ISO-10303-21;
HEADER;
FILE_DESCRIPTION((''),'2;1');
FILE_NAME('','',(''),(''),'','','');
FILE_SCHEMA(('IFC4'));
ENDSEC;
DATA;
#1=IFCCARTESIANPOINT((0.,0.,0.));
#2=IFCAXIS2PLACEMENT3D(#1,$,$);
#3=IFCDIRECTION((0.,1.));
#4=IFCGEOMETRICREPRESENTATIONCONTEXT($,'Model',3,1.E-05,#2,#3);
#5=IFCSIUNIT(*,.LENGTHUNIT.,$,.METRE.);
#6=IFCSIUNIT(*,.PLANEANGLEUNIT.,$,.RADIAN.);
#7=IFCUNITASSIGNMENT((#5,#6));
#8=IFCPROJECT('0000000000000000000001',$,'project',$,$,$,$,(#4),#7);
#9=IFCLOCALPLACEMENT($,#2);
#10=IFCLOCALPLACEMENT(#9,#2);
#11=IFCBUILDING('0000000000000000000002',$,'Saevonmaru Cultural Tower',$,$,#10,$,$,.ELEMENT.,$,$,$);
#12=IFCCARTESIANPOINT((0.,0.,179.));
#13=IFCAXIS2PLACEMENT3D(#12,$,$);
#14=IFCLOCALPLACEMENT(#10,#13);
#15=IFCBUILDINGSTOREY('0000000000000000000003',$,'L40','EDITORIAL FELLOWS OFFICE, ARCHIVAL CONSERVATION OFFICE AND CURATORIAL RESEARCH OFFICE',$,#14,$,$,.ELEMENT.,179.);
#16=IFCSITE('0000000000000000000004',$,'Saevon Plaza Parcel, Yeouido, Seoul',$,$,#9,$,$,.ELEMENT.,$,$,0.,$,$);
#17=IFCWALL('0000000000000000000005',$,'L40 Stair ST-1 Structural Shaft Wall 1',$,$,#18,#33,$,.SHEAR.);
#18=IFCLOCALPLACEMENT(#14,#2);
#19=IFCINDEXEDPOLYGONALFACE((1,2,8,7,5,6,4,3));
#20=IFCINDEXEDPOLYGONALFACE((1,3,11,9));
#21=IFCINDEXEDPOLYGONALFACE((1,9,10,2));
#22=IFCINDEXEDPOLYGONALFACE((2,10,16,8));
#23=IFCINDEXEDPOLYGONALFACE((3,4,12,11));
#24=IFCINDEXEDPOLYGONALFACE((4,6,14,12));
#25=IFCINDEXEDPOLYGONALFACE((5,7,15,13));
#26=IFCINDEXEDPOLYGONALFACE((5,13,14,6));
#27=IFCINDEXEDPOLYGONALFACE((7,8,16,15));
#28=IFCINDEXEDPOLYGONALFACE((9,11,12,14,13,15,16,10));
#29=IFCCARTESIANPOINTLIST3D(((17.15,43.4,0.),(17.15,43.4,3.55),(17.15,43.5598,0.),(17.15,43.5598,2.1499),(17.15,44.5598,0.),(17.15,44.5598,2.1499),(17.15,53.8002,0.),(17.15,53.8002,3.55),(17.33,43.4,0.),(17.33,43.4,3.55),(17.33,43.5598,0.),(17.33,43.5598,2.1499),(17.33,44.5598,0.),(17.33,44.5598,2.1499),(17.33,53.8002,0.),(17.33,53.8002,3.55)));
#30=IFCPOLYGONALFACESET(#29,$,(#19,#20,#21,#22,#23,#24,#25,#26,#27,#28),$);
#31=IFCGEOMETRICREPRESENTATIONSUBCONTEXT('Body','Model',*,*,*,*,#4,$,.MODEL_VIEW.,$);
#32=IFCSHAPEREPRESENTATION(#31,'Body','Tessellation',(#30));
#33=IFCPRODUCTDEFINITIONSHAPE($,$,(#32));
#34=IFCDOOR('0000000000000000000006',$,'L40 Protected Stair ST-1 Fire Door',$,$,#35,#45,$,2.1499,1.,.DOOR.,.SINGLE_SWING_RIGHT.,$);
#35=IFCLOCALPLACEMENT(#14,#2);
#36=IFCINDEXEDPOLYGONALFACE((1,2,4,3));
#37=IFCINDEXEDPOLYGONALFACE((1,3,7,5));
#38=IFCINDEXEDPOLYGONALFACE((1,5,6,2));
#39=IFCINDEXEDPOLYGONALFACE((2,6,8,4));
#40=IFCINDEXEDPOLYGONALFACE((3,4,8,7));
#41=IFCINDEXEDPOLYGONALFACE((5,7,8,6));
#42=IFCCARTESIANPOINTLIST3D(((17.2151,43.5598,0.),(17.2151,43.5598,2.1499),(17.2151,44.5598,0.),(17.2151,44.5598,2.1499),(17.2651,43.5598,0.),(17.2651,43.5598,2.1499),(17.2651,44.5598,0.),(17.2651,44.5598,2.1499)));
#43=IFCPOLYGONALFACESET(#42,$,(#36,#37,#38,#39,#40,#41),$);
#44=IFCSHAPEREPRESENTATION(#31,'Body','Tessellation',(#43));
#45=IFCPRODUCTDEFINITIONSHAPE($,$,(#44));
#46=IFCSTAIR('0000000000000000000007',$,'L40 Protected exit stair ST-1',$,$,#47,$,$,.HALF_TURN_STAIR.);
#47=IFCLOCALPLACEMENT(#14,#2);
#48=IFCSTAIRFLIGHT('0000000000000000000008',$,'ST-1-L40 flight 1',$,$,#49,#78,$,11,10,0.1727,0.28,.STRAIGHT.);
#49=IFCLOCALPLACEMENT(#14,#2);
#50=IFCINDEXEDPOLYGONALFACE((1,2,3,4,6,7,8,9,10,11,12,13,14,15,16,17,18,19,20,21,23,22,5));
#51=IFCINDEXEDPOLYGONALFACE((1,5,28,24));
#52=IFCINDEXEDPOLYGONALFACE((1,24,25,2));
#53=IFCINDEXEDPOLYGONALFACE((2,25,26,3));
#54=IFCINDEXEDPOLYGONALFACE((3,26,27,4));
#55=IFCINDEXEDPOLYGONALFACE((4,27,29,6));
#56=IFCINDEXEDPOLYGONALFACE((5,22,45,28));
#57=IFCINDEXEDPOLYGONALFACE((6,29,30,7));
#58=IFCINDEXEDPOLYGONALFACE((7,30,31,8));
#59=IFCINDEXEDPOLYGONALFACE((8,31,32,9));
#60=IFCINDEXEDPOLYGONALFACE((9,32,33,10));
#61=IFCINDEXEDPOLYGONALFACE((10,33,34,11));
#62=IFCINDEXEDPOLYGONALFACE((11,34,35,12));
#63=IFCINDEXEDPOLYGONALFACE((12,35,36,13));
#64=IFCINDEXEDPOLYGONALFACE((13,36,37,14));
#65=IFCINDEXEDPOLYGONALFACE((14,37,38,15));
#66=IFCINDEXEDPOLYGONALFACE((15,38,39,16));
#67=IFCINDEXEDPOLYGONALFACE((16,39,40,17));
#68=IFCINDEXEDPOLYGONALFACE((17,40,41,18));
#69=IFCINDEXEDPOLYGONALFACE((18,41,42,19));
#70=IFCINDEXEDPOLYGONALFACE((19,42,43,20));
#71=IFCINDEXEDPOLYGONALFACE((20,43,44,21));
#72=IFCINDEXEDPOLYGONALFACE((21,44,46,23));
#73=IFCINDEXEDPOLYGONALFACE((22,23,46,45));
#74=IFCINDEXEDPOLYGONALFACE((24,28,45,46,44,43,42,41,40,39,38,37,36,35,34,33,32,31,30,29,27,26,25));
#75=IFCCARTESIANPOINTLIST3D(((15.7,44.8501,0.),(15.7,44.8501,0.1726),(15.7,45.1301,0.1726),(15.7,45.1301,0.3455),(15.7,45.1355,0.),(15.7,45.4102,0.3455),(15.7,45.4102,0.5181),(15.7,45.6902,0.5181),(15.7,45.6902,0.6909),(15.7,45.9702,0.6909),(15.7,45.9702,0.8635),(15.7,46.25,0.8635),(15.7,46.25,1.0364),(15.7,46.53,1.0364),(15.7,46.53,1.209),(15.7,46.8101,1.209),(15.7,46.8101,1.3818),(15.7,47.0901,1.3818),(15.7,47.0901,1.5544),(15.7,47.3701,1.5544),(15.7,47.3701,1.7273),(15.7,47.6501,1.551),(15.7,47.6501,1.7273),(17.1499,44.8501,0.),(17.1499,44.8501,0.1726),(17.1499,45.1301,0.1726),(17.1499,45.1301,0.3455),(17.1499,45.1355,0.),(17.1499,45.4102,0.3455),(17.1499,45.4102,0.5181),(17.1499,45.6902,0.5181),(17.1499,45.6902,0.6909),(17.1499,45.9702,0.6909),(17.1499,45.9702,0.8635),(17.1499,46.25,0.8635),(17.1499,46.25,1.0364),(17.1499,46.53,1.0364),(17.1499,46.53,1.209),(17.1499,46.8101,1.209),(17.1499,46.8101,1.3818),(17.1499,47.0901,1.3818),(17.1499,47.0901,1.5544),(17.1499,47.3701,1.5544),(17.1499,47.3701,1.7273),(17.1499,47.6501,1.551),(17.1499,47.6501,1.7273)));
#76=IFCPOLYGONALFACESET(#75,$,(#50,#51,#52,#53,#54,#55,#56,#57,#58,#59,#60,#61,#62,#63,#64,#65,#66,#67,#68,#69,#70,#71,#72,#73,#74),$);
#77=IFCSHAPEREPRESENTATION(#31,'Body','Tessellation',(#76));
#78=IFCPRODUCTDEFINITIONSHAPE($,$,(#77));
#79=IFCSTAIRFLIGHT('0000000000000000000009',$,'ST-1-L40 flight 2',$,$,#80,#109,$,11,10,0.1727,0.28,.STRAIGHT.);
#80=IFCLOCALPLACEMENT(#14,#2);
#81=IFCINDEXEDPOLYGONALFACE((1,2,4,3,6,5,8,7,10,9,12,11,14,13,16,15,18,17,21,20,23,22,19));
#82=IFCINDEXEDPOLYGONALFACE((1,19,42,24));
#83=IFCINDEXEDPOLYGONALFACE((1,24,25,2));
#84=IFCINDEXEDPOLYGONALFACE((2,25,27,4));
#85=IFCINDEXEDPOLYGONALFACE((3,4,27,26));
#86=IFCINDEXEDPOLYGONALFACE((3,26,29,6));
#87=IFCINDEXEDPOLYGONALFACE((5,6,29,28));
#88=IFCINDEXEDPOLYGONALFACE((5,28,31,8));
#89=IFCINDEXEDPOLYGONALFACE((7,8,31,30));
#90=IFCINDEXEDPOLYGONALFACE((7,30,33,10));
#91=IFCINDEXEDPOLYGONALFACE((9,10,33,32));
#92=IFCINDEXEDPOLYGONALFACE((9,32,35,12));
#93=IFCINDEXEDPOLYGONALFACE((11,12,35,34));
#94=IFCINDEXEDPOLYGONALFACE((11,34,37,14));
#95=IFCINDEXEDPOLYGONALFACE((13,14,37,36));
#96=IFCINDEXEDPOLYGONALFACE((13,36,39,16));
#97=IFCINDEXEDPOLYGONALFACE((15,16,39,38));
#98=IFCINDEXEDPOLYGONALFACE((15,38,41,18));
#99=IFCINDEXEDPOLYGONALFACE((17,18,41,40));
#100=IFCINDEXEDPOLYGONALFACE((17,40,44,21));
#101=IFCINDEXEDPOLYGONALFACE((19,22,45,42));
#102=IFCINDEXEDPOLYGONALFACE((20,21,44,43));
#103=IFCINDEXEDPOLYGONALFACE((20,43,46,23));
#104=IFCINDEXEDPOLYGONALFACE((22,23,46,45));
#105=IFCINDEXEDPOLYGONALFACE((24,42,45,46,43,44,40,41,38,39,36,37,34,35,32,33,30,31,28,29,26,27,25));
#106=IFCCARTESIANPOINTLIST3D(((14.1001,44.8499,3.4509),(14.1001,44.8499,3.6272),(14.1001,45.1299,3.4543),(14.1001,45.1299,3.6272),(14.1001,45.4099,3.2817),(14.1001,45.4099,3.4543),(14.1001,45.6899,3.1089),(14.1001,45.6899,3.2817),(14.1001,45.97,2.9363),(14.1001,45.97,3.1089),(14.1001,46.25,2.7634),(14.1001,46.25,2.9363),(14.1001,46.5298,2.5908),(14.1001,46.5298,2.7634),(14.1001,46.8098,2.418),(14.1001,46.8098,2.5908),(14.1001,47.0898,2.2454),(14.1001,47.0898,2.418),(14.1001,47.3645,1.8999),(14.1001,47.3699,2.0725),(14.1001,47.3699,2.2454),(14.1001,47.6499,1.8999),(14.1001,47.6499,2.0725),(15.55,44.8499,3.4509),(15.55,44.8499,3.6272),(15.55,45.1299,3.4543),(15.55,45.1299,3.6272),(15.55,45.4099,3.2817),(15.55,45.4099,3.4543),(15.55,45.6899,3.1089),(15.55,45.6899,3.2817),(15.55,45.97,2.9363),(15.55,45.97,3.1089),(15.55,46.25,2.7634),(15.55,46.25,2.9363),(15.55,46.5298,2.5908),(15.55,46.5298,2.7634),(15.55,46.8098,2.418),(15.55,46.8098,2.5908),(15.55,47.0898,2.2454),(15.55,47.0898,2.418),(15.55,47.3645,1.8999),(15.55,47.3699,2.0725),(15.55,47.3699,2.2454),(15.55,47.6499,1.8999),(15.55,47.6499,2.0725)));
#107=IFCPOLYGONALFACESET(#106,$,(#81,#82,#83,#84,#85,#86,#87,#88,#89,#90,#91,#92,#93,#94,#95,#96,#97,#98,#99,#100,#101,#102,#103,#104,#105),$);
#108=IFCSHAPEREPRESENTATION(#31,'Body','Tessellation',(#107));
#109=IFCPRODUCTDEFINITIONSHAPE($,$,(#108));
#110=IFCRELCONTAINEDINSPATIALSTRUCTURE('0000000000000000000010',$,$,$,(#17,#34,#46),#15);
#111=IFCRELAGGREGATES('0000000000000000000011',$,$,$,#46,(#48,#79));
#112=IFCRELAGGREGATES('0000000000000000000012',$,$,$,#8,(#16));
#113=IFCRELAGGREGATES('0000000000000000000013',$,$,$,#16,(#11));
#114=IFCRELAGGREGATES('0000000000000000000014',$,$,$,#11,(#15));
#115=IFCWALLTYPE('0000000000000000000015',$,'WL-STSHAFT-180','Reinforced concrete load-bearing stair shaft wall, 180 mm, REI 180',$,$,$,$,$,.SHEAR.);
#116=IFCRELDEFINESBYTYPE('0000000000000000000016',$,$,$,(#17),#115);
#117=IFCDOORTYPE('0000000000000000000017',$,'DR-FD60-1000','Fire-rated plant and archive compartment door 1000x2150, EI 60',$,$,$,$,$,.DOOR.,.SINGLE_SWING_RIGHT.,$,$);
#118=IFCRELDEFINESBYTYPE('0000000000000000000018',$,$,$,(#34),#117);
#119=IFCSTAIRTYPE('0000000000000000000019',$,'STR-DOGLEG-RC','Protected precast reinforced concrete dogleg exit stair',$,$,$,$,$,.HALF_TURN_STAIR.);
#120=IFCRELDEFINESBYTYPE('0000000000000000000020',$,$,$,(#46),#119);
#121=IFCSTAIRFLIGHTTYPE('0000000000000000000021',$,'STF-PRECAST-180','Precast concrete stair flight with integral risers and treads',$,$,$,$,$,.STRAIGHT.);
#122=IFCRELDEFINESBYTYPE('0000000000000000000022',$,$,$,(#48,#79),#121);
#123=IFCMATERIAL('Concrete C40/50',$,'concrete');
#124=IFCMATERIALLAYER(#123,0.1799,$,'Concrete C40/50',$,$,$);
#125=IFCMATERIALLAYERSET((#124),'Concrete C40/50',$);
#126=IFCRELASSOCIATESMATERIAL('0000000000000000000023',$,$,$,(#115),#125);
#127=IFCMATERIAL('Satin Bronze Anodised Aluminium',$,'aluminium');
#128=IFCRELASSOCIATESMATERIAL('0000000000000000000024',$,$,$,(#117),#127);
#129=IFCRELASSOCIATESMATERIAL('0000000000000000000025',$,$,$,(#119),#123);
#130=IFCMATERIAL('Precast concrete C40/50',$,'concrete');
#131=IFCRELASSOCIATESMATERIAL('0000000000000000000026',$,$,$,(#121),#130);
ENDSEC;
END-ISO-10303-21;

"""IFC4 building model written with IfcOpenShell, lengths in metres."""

from ifc_helpers import new_model, si_unit, direction, frame, frame_2d, origin, place, context, subcontext, project, spatial, polyline, rectangle, outline, extrude, material, layer, layer_set, type_object, element, fill, aggregate, save


model = new_model("IFC4")

# Units and contexts
model_context = context("Model", 3, precision=1e-05, world=origin(), true_north=direction((0.0, 1.0)))
body_context = subcontext(model_context, "Body", "Model", "MODEL_VIEW")
ifc_project = project(units=[si_unit("LENGTHUNIT", "METRE"), si_unit("PLANEANGLEUNIT", "RADIAN")], contexts=[model_context])

# Site, building, storey
site_placement = place(None, origin())
site = spatial("IfcSite", under=ifc_project, at=site_placement, Name="Saevon Plaza Parcel, Yeouido, Seoul", CompositionType="ELEMENT", RefElevation=0.0)
building_placement = place(site_placement, origin())
building = spatial("IfcBuilding", under=site, at=building_placement, Name="Saevonmaru Cultural Tower", CompositionType="ELEMENT")
storey_placement = place(building_placement, frame((0.0, 0.0, 179.0)))
storey = spatial("IfcBuildingStorey", under=building, at=storey_placement, Name="L40", Description="EDITORIAL FELLOWS OFFICE, ARCHIVAL CONSERVATION OFFICE AND CURATORIAL RESEARCH OFFICE", CompositionType="ELEMENT", Elevation=179.0)

# Shared definitions
ifc_material_1 = material(Name="Satin Bronze Anodised Aluminium", Category="aluminium")

# Shared definitions
ifc_material_2 = material(Name="Concrete C40/50", Category="concrete")

# Wall, opening, door
ifc_layer_1 = layer(ifc_material_2, 0.1799, Name="Concrete C40/50")
ifc_layer_set_1 = layer_set([ifc_layer_1], Name="Concrete C40/50")
wall_type_1 = type_object("IfcWallType", Name="WL-STSHAFT-180", Description="Reinforced concrete load-bearing stair shaft wall, 180 mm, REI 180", PredefinedType="SHEAR", material=ifc_layer_set_1)
wall_1_placement = place(storey_placement, frame((17.24, 43.3999, 0.0), z_axis=(0.0, 0.0, 1.0), x_axis=(0.0, 1.0, 0.0)))
wall_1 = element("IfcWall", 1, at=wall_1_placement, inside=storey, type_object=wall_type_1, Name="L40 Stair ST-1 Structural Shaft Wall 1", PredefinedType="SHEAR", context=body_context, shape_type="SweptSolid", body=[
    extrude(rectangle(XDim=10.4001, YDim=0.1799, at=frame_2d((5.2002, 0.0))), origin(), (0.0, 0.0, 1.0), 3.55),
])
opening_1_placement = place(wall_1_placement, frame((0.1599, 0.0, 0.0)))
opening_1 = element("IfcOpeningElement", 2, at=opening_1_placement, cuts=wall_1, PredefinedType="OPENING", context=body_context, shape_type="SweptSolid", body=[
    extrude(rectangle(XDim=1.0, YDim=2.1499, at=frame_2d((0.5, 1.075))), frame((0.0, 0.1001, 0.0), z_axis=(0.0, -1.0, 0.0), x_axis=(1.0, 0.0, 0.0)), (0.0, 0.0, 1.0), 0.2),
])
door_type_1 = type_object("IfcDoorType", Name="DR-FD60-1000", Description="Fire-rated plant and archive compartment door 1000x2150, EI 60", OperationType="SINGLE_SWING_RIGHT", PredefinedType="DOOR", material=ifc_material_1)
door_1_placement = place(opening_1_placement, origin())
door_1 = element("IfcDoor", 3, at=door_1_placement, inside=storey, type_object=door_type_1, Name="L40 Protected Stair ST-1 Fire Door", OperationType="SINGLE_SWING_RIGHT", OverallHeight=2.1499, OverallWidth=1.0, PredefinedType="DOOR", context=body_context, shape_type="SweptSolid", body=[
    extrude(rectangle(XDim=1.0, YDim=2.1499, at=frame_2d((0.5, 1.075))), frame((0.0, 0.0249, 0.0), z_axis=(0.0, -1.0, 0.0), x_axis=(1.0, 0.0, 0.0)), (0.0, 0.0, 1.0), 0.05),
])
fill(opening_1, door_1)

# Stair, stair flights
stair_type = type_object("IfcStairType", Name="STR-DOGLEG-RC", Description="Protected precast reinforced concrete dogleg exit stair", PredefinedType="HALF_TURN_STAIR", material=ifc_material_2)
stair_placement = place(storey_placement, origin())
stair = element("IfcStair", 4, at=stair_placement, inside=storey, type_object=stair_type, Name="L40 Protected exit stair ST-1", PredefinedType="HALF_TURN_STAIR")
ifc_material_3 = material(Name="Precast concrete C40/50", Category="concrete")
stair_flight_type = type_object("IfcStairFlightType", Name="STF-PRECAST-180", Description="Precast concrete stair flight with integral risers and treads", PredefinedType="STRAIGHT", material=ifc_material_3)
stair_flight_1_placement = place(storey_placement, frame((16.425, 44.8501, 0.0), z_axis=(0.0, 0.0, 1.0), x_axis=(0.0, 1.0, 0.0)))
stair_flight_1 = element("IfcStairFlight", 5, at=stair_flight_1_placement, type_object=stair_flight_type, Name="ST-1-L40 flight 1", NumberOfRisers=11, NumberOfTreads=10, PredefinedType="STRAIGHT", RiserHeight=0.1727, TreadLength=0.28, context=body_context, shape_type="SweptSolid", body=[
    extrude(outline(polyline([(0.0, 0.0), (0.0, 0.1726), (0.28, 0.1726), (0.28, 0.3455), (0.5601, 0.3455), (0.5601, 0.5181), (0.8401, 0.5181), (0.8401, 0.6909), (1.1201, 0.6909), (1.1201, 0.8635), (1.3999, 0.8635), (1.3999, 1.0364), (1.6799, 1.0364), (1.6799, 1.209), (1.96, 1.209), (1.96, 1.3818), (2.24, 1.3818), (2.24, 1.5544), (2.52, 1.5544), (2.52, 1.7273), (2.8, 1.7273), (2.8, 1.8999), (2.8, 1.551), (0.2854, 0.0), (0.0, 0.0)])), frame((0.0, 0.7251, 0.0), z_axis=(0.0, -1.0, 0.0), x_axis=(1.0, 0.0, 0.0)), (0.0, 0.0, 1.0), 1.45),
])
stair_flight_2_placement = place(storey_placement, frame((14.825, 47.6499, 1.8999), z_axis=(0.0, 0.0, 1.0), x_axis=(0.0, -1.0, 0.0)))
stair_flight_2 = element("IfcStairFlight", 6, at=stair_flight_2_placement, type_object=stair_flight_type, Name="ST-1-L40 flight 2", NumberOfRisers=11, NumberOfTreads=10, PredefinedType="STRAIGHT", RiserHeight=0.1727, TreadLength=0.28, context=body_context, shape_type="SweptSolid", body=[
    extrude(outline(polyline([(0.0, 0.0), (0.0, 0.1726), (0.28, 0.1726), (0.28, 0.3455), (0.5601, 0.3455), (0.5601, 0.5181), (0.8401, 0.5181), (0.8401, 0.6909), (1.1201, 0.6909), (1.1201, 0.8635), (1.3999, 0.8635), (1.3999, 1.0364), (1.6799, 1.0364), (1.6799, 1.209), (1.96, 1.209), (1.96, 1.3818), (2.24, 1.3818), (2.24, 1.5544), (2.52, 1.5544), (2.52, 1.7273), (2.8, 1.7273), (2.8, 1.8999), (2.8, 1.551), (0.2854, 0.0), (0.0, 0.0)])), frame((0.0, 0.7251, 0.0), z_axis=(0.0, -1.0, 0.0), x_axis=(1.0, 0.0, 0.0)), (0.0, 0.0, 1.0), 1.45),
])
aggregate(stair, [stair_flight_1, stair_flight_2])

save(model, "model.ifc")
